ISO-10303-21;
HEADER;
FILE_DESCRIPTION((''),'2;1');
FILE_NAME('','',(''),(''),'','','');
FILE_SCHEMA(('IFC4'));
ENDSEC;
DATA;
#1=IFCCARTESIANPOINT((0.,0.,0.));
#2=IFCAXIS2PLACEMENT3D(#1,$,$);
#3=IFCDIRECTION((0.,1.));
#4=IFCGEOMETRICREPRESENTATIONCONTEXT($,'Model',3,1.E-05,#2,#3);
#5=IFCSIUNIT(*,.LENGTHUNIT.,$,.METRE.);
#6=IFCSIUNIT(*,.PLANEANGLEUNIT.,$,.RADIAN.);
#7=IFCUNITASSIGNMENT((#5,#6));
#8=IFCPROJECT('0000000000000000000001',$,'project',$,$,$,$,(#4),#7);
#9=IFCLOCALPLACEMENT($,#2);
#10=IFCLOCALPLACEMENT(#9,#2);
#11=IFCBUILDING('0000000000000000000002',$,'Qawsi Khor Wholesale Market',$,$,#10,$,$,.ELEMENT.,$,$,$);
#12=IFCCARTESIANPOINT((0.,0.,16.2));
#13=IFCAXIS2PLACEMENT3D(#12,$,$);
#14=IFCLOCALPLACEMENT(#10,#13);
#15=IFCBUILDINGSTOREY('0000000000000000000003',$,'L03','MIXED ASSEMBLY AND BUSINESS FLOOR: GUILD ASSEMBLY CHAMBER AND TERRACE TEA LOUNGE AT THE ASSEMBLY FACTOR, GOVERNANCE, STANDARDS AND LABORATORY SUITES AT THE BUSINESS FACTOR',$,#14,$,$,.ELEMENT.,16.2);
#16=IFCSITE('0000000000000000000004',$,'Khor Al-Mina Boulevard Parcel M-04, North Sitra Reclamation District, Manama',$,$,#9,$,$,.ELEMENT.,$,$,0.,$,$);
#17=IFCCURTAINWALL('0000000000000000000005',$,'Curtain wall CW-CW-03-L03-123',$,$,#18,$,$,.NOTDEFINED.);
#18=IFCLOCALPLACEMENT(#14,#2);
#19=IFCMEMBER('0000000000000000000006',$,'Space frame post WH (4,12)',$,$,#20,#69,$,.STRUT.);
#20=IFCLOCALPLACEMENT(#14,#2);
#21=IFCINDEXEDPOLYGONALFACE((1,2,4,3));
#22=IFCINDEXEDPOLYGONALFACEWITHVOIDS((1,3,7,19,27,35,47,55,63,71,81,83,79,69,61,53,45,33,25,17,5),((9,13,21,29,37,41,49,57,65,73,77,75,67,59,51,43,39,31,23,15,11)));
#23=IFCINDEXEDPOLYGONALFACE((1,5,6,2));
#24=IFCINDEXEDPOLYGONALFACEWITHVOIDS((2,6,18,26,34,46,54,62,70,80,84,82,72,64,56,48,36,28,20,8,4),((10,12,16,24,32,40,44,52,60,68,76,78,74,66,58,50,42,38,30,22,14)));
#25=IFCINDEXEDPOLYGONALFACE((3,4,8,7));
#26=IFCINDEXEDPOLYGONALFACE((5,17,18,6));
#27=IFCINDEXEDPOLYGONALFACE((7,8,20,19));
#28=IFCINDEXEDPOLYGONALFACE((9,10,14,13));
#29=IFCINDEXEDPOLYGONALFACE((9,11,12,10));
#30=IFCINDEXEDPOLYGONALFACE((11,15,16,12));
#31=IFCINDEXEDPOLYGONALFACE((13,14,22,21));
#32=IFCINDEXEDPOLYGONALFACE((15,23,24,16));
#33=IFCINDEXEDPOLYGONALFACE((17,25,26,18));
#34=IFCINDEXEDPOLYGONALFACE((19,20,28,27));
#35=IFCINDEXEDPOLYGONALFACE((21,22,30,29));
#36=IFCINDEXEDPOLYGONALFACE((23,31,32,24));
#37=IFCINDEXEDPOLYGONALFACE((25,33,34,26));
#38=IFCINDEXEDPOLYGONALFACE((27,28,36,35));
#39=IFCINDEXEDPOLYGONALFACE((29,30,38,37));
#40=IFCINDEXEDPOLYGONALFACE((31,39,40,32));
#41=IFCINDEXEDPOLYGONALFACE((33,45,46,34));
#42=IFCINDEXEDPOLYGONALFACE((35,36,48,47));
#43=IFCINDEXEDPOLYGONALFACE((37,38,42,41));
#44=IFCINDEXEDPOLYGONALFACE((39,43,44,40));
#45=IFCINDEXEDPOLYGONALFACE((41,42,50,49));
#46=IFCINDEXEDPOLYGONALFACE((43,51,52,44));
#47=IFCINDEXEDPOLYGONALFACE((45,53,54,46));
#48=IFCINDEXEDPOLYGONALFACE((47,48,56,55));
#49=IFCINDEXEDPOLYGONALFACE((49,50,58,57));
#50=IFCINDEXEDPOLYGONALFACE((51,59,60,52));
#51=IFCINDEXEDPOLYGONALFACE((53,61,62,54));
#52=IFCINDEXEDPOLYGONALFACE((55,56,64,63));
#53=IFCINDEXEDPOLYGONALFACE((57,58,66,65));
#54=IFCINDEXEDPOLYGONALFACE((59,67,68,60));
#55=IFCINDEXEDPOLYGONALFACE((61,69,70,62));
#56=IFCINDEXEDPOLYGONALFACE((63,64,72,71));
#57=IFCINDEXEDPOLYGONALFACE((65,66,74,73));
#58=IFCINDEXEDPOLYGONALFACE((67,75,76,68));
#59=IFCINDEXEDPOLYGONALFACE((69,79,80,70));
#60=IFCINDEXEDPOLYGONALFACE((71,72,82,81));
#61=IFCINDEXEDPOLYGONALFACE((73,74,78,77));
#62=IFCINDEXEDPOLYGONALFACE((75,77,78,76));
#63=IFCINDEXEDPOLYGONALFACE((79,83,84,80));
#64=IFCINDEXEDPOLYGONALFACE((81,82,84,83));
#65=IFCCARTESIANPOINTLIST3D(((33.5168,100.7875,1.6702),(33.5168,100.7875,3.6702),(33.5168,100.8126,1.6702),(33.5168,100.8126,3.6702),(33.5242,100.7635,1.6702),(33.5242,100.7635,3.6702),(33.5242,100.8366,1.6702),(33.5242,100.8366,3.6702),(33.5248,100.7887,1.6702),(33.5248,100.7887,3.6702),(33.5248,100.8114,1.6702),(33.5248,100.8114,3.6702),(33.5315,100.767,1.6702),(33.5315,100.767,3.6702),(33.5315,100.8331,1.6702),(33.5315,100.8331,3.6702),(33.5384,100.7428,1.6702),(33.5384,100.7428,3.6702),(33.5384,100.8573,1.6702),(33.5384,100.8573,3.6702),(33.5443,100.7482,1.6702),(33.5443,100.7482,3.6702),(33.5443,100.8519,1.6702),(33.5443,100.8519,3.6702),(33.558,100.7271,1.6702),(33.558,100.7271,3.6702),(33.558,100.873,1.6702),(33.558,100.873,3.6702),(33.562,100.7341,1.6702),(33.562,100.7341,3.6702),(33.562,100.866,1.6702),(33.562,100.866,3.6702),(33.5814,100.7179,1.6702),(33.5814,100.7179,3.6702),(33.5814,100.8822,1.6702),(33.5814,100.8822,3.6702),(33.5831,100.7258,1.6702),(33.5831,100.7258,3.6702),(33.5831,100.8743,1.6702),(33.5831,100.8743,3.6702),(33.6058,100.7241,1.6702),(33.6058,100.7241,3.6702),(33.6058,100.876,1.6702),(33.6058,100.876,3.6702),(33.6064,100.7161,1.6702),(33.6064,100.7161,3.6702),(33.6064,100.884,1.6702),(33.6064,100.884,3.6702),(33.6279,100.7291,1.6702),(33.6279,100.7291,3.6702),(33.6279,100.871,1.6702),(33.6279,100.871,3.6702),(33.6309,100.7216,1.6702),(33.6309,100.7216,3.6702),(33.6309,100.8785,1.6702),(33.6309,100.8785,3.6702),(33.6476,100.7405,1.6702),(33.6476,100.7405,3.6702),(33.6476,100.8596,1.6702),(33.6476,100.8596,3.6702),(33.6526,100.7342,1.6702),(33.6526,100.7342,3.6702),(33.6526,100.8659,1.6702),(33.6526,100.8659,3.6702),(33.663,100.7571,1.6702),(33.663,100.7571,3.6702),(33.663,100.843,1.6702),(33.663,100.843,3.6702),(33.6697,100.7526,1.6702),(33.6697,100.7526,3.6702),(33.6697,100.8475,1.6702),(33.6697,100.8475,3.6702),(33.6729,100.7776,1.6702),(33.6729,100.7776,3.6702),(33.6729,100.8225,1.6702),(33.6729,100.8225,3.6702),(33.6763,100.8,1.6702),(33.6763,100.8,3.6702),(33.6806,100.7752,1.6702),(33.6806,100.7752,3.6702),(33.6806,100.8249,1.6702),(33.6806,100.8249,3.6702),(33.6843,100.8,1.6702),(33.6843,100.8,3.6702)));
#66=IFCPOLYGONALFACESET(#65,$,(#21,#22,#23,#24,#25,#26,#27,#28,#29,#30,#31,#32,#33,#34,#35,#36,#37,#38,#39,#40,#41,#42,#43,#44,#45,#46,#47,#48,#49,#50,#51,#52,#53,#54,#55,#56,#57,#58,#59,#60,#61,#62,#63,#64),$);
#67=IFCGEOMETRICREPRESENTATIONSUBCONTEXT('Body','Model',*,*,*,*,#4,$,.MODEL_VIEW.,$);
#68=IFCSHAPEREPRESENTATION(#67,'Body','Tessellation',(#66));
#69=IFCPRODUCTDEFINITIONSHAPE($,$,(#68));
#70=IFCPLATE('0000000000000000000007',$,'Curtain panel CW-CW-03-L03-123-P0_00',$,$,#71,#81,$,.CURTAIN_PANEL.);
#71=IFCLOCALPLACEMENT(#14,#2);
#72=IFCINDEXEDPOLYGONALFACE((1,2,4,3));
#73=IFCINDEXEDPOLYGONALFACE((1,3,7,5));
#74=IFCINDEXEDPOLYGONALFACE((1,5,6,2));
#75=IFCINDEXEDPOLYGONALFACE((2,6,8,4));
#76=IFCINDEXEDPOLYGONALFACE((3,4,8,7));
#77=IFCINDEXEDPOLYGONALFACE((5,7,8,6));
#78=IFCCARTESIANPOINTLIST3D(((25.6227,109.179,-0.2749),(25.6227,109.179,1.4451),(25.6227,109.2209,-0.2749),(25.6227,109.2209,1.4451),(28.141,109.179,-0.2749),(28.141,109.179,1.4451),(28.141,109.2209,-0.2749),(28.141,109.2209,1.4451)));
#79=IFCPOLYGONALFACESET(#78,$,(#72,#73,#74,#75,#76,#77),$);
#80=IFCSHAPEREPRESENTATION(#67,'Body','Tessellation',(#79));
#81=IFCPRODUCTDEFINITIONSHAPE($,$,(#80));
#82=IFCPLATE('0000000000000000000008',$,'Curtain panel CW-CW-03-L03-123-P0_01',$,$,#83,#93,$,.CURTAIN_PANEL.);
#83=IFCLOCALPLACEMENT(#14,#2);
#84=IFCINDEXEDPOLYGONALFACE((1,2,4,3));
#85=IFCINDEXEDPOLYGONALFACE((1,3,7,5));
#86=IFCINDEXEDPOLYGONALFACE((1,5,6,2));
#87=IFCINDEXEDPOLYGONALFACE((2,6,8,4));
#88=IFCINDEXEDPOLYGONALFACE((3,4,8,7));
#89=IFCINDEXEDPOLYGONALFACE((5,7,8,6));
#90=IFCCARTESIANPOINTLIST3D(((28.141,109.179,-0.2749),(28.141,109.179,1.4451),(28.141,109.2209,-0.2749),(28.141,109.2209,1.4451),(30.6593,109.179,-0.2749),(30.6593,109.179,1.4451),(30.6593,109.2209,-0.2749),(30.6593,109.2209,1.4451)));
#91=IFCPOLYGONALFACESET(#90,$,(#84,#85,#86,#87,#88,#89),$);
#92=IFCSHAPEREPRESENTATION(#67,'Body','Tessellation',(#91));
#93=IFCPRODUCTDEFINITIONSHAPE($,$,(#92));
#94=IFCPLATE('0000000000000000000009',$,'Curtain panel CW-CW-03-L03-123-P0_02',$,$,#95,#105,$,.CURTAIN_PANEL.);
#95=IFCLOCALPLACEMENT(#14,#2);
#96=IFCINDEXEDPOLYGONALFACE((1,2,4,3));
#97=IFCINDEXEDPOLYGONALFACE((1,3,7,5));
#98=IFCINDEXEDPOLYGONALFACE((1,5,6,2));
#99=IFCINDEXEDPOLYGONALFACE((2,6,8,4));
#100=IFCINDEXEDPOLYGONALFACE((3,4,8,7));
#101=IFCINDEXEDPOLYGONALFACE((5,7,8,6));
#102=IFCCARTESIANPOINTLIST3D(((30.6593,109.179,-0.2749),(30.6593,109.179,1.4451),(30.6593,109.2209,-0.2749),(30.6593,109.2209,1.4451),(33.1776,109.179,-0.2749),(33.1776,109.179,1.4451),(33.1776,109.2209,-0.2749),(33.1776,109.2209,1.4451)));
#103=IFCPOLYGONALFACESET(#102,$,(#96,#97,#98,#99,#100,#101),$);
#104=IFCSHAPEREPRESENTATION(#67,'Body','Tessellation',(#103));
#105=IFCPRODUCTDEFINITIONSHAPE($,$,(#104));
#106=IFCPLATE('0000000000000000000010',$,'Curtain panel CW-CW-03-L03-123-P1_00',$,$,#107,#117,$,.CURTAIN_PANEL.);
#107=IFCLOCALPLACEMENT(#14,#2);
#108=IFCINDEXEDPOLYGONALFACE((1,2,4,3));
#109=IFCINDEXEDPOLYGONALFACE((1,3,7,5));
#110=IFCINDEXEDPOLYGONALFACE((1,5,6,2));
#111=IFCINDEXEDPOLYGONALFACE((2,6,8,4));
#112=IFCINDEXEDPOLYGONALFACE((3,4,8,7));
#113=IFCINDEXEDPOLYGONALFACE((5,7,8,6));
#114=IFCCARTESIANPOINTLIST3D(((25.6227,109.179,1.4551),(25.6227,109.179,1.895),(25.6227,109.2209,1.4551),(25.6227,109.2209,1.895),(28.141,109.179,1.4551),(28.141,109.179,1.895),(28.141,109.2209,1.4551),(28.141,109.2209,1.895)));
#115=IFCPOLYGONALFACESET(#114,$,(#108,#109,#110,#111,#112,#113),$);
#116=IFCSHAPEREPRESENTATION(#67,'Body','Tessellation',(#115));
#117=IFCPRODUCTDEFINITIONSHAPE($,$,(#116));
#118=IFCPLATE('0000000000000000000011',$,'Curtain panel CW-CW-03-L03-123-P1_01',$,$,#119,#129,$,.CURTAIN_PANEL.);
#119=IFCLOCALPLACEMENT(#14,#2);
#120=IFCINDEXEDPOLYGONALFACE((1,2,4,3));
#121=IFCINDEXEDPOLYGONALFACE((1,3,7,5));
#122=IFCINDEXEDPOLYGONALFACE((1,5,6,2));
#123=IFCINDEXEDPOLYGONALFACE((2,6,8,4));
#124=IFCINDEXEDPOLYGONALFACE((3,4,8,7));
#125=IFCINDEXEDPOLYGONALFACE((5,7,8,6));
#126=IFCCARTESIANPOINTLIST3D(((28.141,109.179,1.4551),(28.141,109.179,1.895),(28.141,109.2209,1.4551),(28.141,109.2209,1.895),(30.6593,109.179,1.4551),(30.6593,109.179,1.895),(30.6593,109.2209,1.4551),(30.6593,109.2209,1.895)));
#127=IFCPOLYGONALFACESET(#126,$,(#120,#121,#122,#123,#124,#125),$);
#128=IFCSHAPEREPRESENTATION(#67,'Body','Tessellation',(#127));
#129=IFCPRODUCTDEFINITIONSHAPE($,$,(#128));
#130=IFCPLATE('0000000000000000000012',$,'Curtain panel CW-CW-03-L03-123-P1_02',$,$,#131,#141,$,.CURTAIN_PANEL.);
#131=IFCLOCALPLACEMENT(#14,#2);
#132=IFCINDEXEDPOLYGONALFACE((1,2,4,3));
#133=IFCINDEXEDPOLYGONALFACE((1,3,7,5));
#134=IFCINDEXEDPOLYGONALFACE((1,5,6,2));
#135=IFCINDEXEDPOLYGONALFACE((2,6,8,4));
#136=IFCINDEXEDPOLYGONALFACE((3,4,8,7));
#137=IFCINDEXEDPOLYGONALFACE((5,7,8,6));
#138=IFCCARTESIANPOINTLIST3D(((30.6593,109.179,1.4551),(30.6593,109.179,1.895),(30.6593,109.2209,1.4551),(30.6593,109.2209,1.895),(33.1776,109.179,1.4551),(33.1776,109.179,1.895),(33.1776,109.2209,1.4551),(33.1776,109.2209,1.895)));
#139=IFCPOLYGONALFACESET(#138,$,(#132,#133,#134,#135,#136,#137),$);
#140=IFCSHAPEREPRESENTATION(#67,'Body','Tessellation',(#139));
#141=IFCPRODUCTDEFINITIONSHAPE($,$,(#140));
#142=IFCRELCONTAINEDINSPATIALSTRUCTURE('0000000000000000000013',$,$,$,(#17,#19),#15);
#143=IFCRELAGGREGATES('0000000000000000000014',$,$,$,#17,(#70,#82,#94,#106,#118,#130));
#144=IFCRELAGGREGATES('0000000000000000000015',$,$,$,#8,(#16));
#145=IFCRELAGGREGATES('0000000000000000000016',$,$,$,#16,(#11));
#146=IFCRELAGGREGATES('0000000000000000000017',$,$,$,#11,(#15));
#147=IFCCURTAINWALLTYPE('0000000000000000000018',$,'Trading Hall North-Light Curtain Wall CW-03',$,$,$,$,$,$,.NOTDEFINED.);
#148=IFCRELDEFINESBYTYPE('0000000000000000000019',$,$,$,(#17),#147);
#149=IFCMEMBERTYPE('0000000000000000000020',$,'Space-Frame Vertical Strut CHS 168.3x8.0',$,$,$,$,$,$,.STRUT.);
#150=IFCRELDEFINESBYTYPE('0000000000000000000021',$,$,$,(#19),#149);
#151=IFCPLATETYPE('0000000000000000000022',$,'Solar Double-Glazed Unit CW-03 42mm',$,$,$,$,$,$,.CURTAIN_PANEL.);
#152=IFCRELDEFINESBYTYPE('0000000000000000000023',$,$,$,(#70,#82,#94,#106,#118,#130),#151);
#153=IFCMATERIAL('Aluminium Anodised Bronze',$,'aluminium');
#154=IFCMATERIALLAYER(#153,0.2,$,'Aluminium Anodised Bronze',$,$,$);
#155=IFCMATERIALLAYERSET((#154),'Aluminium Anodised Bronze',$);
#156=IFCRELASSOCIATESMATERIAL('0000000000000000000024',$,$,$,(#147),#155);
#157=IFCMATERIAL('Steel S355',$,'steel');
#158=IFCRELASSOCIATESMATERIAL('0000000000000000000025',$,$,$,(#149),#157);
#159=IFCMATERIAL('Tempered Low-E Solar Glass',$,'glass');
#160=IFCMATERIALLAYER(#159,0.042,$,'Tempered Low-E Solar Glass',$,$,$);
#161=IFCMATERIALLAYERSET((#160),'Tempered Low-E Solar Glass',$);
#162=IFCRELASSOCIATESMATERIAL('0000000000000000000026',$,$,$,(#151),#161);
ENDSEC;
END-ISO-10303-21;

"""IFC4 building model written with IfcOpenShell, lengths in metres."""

from ifc_helpers import new_model, si_unit, direction, frame, frame_2d, origin, origin_2d, place, context, subcontext, project, spatial, rectangle, hollow_circle, extrude, material, layer, layer_set, material_profile, profile_set, type_object, element, aggregate, save


model = new_model("IFC4")

# Units and contexts
model_context = context("Model", 3, precision=1e-05, world=origin(), true_north=direction((0.0, 1.0)))
body_context = subcontext(model_context, "Body", "Model", "MODEL_VIEW")
ifc_project = project(units=[si_unit("LENGTHUNIT", "METRE"), si_unit("PLANEANGLEUNIT", "RADIAN")], contexts=[model_context])

# Site, building, storey
site_placement = place(None, origin())
site = spatial("IfcSite", under=ifc_project, at=site_placement, Name="Khor Al-Mina Boulevard Parcel M-04, North Sitra Reclamation District, Manama", CompositionType="ELEMENT", RefElevation=0.0)
building_placement = place(site_placement, origin())
building = spatial("IfcBuilding", under=site, at=building_placement, Name="Qawsi Khor Wholesale Market", CompositionType="ELEMENT")
storey_placement = place(building_placement, frame((0.0, 0.0, 16.2)))
storey = spatial("IfcBuildingStorey", under=building, at=storey_placement, Name="L03", Description="MIXED ASSEMBLY AND BUSINESS FLOOR: GUILD ASSEMBLY CHAMBER AND TERRACE TEA LOUNGE AT THE ASSEMBLY FACTOR, GOVERNANCE, STANDARDS AND LABORATORY SUITES AT THE BUSINESS FACTOR", CompositionType="ELEMENT", Elevation=16.2)

# Curtain wall
ifc_material_1 = material(Name="Aluminium Anodised Bronze", Category="aluminium")
ifc_layer_1 = layer(ifc_material_1, 0.2, Name="Aluminium Anodised Bronze")
ifc_layer_set_1 = layer_set([ifc_layer_1], Name="Aluminium Anodised Bronze")
curtain_wall_type = type_object("IfcCurtainWallType", Name="Trading Hall North-Light Curtain Wall CW-03", PredefinedType="NOTDEFINED", material=ifc_layer_set_1)
curtain_wall_placement = place(storey_placement, origin())
curtain_wall = element("IfcCurtainWall", 1, at=curtain_wall_placement, inside=storey, type_object=curtain_wall_type, Name="Curtain wall CW-CW-03-L03-123", PredefinedType="NOTDEFINED")

# Member
ifc_material_2 = material(Name="Steel S355", Category="steel")
ifc_material_profile_1 = material_profile(ifc_material_2, hollow_circle(Radius=0.0842, WallThickness=0.0081, at=origin_2d()), Name="CHS 168.3x8.0")
ifc_profile_set_1 = profile_set([ifc_material_profile_1], Name="Steel S355")
member_type_1 = type_object("IfcMemberType", Name="Space-Frame Vertical Strut CHS 168.3x8.0", PredefinedType="STRUT", material=ifc_profile_set_1)
member_1_placement = place(storey_placement, frame((33.6001, 100.8, 1.6702), z_axis=(0.0, 0.0, 1.0), x_axis=(1.0, 0.0, 0.0)))
element("IfcMember", 2, at=member_1_placement, inside=storey, type_object=member_type_1, Name="Space frame post WH (4,12)", PredefinedType="STRUT", context=body_context, shape_type="SweptSolid", body=[
    extrude(hollow_circle(Radius=0.0842, WallThickness=0.0081, at=origin_2d()), origin(), (0.0, 0.0, 1.0), 2.0),
])

# Plates
ifc_material_3 = material(Name="Tempered Low-E Solar Glass", Category="glass")
ifc_layer_2 = layer(ifc_material_3, 0.042, Name="Tempered Low-E Solar Glass")
ifc_layer_set_2 = layer_set([ifc_layer_2], Name="Tempered Low-E Solar Glass")
plate_type = type_object("IfcPlateType", Name="Solar Double-Glazed Unit CW-03 42mm", PredefinedType="CURTAIN_PANEL", material=ifc_layer_set_2)
plate_1_placement = place(storey_placement, frame((25.6226, 109.2, -0.2749), z_axis=(0.0, 0.0, 1.0), x_axis=(1.0, 0.0, 0.0)))
plate_1 = element("IfcPlate", 3, at=plate_1_placement, type_object=plate_type, Name="Curtain panel CW-CW-03-L03-123-P0_00", PredefinedType="CURTAIN_PANEL", context=body_context, shape_type="SweptSolid", body=[
    extrude(rectangle(XDim=2.5183, YDim=0.042, at=frame_2d((1.2593, 0.0))), origin(), (0.0, 0.0, 1.0), 1.72),
])
plate_2_placement = place(storey_placement, frame((28.1409, 109.2, -0.2749), z_axis=(0.0, 0.0, 1.0), x_axis=(1.0, 0.0, 0.0)))
plate_2 = element("IfcPlate", 4, at=plate_2_placement, type_object=plate_type, Name="Curtain panel CW-CW-03-L03-123-P0_01", PredefinedType="CURTAIN_PANEL", context=body_context, shape_type="SweptSolid", body=[
    extrude(rectangle(XDim=2.5183, YDim=0.042, at=frame_2d((1.2593, 0.0))), origin(), (0.0, 0.0, 1.0), 1.72),
])
plate_3_placement = place(storey_placement, frame((30.6592, 109.2, -0.2749), z_axis=(0.0, 0.0, 1.0), x_axis=(1.0, 0.0, 0.0)))
plate_3 = element("IfcPlate", 5, at=plate_3_placement, type_object=plate_type, Name="Curtain panel CW-CW-03-L03-123-P0_02", PredefinedType="CURTAIN_PANEL", context=body_context, shape_type="SweptSolid", body=[
    extrude(rectangle(XDim=2.5183, YDim=0.042, at=frame_2d((1.2593, 0.0))), origin(), (0.0, 0.0, 1.0), 1.72),
])
plate_4_placement = place(storey_placement, frame((25.6226, 109.2, 1.4551), z_axis=(0.0, 0.0, 1.0), x_axis=(1.0, 0.0, 0.0)))
plate_4 = element("IfcPlate", 6, at=plate_4_placement, type_object=plate_type, Name="Curtain panel CW-CW-03-L03-123-P1_00", PredefinedType="CURTAIN_PANEL", context=body_context, shape_type="SweptSolid", body=[
    extrude(rectangle(XDim=2.5183, YDim=0.042, at=frame_2d((1.2593, 0.0))), origin(), (0.0, 0.0, 1.0), 0.4399),
])
plate_5_placement = place(storey_placement, frame((28.1409, 109.2, 1.4551), z_axis=(0.0, 0.0, 1.0), x_axis=(1.0, 0.0, 0.0)))
plate_5 = element("IfcPlate", 7, at=plate_5_placement, type_object=plate_type, Name="Curtain panel CW-CW-03-L03-123-P1_01", PredefinedType="CURTAIN_PANEL", context=body_context, shape_type="SweptSolid", body=[
    extrude(rectangle(XDim=2.5183, YDim=0.042, at=frame_2d((1.2593, 0.0))), origin(), (0.0, 0.0, 1.0), 0.4399),
])
plate_6_placement = place(storey_placement, frame((30.6592, 109.2, 1.4551), z_axis=(0.0, 0.0, 1.0), x_axis=(1.0, 0.0, 0.0)))
plate_6 = element("IfcPlate", 8, at=plate_6_placement, type_object=plate_type, Name="Curtain panel CW-CW-03-L03-123-P1_02", PredefinedType="CURTAIN_PANEL", context=body_context, shape_type="SweptSolid", body=[
    extrude(rectangle(XDim=2.5183, YDim=0.042, at=frame_2d((1.2593, 0.0))), origin(), (0.0, 0.0, 1.0), 0.4399),
])
aggregate(curtain_wall, [plate_1, plate_2, plate_3, plate_4, plate_5, plate_6])

save(model, "model.ifc")
